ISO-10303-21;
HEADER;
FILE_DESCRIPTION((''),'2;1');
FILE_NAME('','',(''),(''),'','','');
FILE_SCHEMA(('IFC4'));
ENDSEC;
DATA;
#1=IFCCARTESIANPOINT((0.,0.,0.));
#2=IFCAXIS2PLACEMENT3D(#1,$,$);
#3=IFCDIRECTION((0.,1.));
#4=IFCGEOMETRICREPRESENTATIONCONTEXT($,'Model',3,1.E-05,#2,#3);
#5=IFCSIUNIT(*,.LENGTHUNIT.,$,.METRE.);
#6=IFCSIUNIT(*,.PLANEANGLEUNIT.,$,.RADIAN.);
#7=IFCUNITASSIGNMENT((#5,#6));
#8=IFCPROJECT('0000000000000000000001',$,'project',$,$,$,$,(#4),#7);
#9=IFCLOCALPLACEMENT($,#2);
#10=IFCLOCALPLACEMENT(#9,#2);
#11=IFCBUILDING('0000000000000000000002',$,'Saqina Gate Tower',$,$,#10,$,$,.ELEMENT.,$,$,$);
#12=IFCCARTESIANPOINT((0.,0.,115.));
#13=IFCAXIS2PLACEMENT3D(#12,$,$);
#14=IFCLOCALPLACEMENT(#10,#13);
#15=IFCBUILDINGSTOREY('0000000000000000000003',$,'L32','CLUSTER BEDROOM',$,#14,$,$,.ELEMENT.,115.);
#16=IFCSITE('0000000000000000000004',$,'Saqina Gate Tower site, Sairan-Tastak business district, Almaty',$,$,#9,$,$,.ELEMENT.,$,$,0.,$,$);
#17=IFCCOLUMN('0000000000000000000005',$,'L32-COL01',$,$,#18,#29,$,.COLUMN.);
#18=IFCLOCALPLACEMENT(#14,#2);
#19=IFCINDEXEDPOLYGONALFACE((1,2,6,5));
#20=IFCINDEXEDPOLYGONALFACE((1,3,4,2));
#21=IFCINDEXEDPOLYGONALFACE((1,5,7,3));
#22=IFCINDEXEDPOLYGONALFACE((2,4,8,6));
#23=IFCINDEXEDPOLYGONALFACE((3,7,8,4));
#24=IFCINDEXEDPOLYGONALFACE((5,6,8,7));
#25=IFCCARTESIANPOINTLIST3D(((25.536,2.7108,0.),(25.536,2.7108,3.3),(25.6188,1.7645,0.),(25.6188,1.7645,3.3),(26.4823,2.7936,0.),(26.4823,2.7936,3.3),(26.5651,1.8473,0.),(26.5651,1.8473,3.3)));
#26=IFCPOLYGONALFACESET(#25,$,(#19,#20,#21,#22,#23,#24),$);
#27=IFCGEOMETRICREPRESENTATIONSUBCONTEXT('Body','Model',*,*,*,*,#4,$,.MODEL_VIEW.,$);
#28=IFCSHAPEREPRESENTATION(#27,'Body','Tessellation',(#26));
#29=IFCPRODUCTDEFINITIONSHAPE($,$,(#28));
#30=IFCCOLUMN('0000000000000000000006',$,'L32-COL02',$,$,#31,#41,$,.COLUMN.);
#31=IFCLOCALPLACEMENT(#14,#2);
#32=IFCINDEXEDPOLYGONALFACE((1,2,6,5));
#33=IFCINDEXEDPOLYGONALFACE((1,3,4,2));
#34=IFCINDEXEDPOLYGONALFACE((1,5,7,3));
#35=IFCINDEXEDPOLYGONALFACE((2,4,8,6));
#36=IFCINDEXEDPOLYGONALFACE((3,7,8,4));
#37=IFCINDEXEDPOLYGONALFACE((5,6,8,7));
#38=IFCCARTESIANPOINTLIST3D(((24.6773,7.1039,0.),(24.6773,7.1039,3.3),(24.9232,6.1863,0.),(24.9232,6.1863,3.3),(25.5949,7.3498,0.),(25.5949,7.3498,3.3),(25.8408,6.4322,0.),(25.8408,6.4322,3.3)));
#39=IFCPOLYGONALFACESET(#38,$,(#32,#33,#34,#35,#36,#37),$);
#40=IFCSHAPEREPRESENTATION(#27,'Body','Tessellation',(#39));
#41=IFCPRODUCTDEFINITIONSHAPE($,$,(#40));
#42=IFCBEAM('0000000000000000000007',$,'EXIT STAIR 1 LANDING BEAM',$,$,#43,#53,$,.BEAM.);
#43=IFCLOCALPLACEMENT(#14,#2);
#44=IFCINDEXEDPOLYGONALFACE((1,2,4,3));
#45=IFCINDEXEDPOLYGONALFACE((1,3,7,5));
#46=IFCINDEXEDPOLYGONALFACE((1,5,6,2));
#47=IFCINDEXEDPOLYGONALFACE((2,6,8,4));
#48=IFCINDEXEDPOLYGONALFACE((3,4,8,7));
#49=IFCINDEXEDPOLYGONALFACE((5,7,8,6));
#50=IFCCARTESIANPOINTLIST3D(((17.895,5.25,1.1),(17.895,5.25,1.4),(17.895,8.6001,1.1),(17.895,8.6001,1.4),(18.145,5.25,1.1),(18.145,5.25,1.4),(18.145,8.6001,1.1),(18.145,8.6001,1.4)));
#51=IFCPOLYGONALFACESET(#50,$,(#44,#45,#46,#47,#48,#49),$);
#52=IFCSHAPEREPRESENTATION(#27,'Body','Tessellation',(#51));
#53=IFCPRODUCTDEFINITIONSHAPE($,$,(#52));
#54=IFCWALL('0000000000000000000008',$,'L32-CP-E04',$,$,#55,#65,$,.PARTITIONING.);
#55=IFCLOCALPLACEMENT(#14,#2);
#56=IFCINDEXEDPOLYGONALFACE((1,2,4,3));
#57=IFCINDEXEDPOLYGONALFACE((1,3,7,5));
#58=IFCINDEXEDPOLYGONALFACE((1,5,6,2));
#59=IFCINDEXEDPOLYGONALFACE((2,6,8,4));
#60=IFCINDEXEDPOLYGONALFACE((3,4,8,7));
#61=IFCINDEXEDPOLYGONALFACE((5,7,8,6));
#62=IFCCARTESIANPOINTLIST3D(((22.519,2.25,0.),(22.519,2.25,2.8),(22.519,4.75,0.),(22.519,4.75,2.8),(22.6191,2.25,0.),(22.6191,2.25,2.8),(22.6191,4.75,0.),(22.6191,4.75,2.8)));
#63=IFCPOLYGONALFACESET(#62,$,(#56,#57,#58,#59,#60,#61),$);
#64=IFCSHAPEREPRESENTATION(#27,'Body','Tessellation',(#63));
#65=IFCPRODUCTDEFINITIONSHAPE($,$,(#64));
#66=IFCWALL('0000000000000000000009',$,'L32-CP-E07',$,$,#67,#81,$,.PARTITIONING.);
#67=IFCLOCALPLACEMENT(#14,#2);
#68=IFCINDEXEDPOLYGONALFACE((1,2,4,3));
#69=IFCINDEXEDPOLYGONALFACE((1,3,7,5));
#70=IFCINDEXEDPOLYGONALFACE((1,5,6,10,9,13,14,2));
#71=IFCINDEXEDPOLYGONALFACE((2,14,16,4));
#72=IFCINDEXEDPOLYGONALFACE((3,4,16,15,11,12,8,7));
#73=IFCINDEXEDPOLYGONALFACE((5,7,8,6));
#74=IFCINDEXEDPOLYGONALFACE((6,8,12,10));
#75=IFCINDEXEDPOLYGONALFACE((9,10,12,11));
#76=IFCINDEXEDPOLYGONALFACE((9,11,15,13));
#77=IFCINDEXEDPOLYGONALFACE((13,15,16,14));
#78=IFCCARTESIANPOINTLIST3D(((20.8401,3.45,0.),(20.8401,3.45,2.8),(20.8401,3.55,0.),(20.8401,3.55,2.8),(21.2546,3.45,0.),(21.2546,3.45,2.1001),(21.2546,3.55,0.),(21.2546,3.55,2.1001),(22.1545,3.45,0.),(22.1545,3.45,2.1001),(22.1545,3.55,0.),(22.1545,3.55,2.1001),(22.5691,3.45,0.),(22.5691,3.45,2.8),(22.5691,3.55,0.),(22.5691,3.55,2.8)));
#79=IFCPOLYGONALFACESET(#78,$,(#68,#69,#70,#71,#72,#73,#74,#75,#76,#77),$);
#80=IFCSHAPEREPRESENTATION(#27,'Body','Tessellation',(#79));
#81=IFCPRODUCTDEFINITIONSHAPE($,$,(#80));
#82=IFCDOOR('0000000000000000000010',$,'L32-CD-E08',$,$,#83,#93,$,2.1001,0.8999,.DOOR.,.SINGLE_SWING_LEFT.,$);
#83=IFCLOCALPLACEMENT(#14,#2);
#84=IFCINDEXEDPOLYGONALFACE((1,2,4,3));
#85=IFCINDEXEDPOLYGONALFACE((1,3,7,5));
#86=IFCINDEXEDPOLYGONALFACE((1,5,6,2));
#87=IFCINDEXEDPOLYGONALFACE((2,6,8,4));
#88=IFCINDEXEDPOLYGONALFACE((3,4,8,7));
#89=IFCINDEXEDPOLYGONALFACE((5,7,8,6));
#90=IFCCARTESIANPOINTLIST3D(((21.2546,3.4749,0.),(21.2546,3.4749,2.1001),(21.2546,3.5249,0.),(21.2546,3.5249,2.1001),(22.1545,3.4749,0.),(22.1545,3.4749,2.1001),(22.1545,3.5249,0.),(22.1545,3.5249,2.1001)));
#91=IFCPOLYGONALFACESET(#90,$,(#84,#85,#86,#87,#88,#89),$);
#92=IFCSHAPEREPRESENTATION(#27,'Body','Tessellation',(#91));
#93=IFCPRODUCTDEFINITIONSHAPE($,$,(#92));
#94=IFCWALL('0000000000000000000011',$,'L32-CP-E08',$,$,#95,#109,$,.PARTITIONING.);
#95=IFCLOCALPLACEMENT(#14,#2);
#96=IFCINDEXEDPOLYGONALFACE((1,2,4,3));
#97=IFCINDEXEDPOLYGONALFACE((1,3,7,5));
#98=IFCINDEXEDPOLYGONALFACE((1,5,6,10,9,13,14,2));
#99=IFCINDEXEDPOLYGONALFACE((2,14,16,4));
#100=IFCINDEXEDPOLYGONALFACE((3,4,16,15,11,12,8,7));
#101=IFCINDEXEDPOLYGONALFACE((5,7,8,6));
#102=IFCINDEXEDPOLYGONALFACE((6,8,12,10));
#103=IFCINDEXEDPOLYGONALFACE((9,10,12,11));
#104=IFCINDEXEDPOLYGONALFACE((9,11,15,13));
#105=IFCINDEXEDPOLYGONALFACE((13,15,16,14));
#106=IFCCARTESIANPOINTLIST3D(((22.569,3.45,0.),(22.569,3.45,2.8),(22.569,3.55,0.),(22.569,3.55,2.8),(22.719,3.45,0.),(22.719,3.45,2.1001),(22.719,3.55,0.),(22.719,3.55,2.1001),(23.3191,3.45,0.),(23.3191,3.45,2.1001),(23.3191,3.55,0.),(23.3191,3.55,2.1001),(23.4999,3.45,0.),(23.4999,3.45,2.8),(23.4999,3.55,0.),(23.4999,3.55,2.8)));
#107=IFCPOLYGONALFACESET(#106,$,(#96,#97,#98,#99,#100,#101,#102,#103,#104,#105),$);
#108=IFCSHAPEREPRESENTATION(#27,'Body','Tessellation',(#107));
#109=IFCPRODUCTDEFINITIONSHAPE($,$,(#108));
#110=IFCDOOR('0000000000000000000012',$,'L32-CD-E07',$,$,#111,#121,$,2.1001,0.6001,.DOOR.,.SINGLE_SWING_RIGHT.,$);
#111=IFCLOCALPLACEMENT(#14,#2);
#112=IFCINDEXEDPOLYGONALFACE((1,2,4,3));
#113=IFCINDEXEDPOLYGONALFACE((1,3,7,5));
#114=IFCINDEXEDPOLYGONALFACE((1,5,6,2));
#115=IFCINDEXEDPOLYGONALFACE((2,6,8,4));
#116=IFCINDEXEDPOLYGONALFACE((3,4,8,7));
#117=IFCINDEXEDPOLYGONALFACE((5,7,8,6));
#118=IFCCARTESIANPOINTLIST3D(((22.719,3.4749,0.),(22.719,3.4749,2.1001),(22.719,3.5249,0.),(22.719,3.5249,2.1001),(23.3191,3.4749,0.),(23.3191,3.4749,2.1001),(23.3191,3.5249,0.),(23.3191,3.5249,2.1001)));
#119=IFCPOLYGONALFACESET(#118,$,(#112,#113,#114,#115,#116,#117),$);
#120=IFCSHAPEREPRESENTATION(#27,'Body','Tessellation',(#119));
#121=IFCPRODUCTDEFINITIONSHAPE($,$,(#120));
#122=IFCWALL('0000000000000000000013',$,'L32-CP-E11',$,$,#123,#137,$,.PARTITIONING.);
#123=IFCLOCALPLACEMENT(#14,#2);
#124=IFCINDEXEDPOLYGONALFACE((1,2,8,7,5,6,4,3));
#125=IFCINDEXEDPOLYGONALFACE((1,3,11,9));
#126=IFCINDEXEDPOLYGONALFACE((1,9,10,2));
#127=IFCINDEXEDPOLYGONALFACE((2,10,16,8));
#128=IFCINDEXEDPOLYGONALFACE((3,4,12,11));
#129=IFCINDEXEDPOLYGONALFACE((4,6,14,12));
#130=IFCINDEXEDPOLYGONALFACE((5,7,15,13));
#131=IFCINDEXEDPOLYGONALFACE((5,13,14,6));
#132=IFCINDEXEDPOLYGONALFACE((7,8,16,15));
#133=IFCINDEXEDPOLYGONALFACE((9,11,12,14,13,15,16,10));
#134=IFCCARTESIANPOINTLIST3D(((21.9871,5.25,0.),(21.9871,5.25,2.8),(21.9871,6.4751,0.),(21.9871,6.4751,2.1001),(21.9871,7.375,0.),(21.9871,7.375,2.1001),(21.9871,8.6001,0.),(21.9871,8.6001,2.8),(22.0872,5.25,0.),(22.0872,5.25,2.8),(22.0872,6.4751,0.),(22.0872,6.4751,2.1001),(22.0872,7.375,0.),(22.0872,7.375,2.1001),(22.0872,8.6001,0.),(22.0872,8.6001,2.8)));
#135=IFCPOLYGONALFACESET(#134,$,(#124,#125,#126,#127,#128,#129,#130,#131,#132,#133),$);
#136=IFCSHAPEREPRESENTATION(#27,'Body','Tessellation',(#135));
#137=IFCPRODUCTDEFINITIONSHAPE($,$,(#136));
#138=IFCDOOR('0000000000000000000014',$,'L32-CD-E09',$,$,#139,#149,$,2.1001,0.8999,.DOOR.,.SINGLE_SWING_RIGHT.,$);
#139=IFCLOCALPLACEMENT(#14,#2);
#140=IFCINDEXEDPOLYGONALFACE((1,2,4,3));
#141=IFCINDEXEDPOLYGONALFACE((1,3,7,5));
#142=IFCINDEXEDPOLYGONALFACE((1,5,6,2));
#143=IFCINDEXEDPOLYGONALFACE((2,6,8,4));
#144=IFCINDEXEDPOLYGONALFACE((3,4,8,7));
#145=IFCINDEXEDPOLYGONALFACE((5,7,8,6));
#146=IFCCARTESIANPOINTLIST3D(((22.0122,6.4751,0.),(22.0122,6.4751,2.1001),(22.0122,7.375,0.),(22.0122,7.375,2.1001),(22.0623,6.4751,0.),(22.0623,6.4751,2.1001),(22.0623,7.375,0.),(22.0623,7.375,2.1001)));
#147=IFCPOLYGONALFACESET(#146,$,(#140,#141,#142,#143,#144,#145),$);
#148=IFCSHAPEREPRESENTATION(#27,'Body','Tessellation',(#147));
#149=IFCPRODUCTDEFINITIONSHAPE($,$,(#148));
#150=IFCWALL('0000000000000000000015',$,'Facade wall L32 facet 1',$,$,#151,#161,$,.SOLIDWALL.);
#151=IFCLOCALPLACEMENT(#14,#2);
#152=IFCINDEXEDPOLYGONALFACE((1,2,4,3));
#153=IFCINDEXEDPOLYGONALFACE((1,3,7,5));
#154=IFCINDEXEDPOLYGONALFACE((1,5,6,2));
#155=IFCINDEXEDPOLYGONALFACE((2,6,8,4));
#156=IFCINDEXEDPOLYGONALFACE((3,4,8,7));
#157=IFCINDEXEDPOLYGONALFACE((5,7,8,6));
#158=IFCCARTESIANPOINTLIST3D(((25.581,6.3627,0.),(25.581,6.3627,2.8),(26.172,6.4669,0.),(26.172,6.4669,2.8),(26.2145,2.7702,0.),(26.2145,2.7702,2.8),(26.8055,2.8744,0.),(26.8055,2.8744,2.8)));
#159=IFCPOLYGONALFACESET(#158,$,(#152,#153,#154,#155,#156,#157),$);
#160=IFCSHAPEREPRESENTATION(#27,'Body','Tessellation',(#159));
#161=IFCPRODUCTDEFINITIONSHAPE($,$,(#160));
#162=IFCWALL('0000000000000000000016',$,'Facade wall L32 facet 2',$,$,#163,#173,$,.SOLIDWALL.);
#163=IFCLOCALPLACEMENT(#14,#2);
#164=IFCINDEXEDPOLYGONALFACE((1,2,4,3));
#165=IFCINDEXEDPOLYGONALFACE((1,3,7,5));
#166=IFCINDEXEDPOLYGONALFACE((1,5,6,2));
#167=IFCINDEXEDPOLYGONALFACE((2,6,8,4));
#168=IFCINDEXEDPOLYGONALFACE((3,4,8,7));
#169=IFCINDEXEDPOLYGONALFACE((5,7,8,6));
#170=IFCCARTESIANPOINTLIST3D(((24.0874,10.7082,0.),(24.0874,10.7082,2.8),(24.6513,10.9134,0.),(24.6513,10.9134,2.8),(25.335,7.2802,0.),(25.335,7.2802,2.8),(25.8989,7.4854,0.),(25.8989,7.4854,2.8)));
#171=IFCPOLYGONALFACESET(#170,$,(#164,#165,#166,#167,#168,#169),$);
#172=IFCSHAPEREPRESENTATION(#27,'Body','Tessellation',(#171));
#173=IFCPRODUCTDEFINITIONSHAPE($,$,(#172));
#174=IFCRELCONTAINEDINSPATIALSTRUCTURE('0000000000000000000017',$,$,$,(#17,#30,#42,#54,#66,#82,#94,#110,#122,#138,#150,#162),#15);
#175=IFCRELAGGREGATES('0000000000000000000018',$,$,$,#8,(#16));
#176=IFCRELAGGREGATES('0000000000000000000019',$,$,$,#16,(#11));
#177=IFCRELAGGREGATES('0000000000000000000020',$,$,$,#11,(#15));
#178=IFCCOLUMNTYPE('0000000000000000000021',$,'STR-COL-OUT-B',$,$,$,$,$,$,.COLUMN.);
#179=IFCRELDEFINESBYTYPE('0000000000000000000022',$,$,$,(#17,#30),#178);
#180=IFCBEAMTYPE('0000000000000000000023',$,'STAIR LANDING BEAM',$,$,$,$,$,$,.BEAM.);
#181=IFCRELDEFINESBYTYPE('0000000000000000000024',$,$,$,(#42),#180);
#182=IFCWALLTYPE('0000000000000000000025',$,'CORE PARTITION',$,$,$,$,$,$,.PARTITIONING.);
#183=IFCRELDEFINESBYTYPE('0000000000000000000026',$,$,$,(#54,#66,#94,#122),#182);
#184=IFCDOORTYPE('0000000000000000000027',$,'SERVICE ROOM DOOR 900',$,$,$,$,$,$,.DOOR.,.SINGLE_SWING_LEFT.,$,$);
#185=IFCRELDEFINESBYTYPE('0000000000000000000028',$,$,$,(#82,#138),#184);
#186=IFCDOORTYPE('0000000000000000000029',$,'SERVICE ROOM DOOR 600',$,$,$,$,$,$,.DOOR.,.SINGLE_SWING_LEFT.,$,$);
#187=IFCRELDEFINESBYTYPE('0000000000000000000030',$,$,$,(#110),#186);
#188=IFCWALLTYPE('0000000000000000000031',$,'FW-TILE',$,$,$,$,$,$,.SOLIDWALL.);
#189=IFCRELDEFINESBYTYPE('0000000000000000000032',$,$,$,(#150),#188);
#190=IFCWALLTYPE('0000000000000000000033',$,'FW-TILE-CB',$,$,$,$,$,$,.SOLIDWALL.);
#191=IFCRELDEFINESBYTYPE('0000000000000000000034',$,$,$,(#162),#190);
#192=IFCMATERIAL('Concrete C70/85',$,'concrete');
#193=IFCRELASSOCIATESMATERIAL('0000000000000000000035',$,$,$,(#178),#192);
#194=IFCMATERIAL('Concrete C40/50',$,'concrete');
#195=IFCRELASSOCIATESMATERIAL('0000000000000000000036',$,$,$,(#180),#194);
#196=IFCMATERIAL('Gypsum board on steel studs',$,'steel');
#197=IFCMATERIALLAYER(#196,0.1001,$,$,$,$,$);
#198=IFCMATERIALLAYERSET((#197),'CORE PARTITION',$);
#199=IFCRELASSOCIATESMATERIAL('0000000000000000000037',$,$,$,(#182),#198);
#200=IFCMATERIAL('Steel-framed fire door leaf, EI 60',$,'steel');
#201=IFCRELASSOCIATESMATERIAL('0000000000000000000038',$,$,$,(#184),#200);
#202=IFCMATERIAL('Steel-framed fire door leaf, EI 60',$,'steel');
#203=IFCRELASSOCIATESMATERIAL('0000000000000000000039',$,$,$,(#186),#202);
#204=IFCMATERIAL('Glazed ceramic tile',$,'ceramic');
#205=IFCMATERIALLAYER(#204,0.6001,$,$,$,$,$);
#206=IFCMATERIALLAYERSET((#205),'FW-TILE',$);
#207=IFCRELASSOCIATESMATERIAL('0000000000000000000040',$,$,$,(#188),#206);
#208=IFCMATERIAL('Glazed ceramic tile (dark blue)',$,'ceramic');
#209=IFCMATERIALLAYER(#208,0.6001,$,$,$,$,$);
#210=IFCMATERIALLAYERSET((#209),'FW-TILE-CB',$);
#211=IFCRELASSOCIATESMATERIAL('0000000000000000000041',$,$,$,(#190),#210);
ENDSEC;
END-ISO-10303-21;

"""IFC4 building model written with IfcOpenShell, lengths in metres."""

from ifc_helpers import new_model, si_unit, direction, frame, frame_2d, origin, origin_2d, place, context, subcontext, project, spatial, rectangle, extrude, material, layer, layer_set, material_profile, profile_set, type_object, element, fill, save


model = new_model("IFC4")

# Units and contexts
model_context = context("Model", 3, precision=1e-05, world=origin(), true_north=direction((0.0, 1.0)))
body_context = subcontext(model_context, "Body", "Model", "MODEL_VIEW")
ifc_project = project(units=[si_unit("LENGTHUNIT", "METRE"), si_unit("PLANEANGLEUNIT", "RADIAN")], contexts=[model_context])

# Site, building, storey
site_placement = place(None, origin())
site = spatial("IfcSite", under=ifc_project, at=site_placement, Name="Saqina Gate Tower site, Sairan-Tastak business district, Almaty", CompositionType="ELEMENT", RefElevation=0.0)
building_placement = place(site_placement, origin())
building = spatial("IfcBuilding", under=site, at=building_placement, Name="Saqina Gate Tower", CompositionType="ELEMENT")
storey_placement = place(building_placement, frame((0.0, 0.0, 115.0)))
storey = spatial("IfcBuildingStorey", under=building, at=storey_placement, Name="L32", Description="CLUSTER BEDROOM", CompositionType="ELEMENT", Elevation=115.0)

# Columns
ifc_material_1 = material(Name="Concrete C70/85", Category="concrete")
ifc_material_profile_1 = material_profile(ifc_material_1, rectangle(XDim=0.95, YDim=0.95, at=origin_2d()), Name="RC 950x950")
ifc_profile_set_1 = profile_set([ifc_material_profile_1], Name="Concrete C70/85")
column_type = type_object("IfcColumnType", Name="STR-COL-OUT-B", PredefinedType="COLUMN", material=ifc_profile_set_1)
for number, where, z_axis, x_axis, name in (
    (1, (26.0505, 2.2791, 0.0), (0.0, 0.0, 1.0), (0.996195, 0.087156, 0.0), "L32-COL01"),
    (2, (25.259, 6.7681, 0.0), (0.0, 0.0, 1.0), (0.965926, 0.258819, 0.0), "L32-COL02"),
):
    element("IfcColumn", number, at=place(storey_placement, frame(where, z_axis=z_axis, x_axis=x_axis)), inside=storey, type_object=column_type, Name=name, PredefinedType="COLUMN", context=body_context, shape_type="SweptSolid", body=[
        extrude(rectangle(XDim=0.95, YDim=0.95, at=origin_2d()), origin(), (0.0, 0.0, 1.0), 3.3),
    ])

# Beam
ifc_material_2 = material(Name="Concrete C40/50", Category="concrete")
ifc_material_profile_2 = material_profile(ifc_material_2, rectangle(XDim=0.25, YDim=0.3, at=origin_2d()), Name="STAIR LANDING BEAM")
ifc_profile_set_2 = profile_set([ifc_material_profile_2], Name="Concrete C40/50")
beam_type = type_object("IfcBeamType", Name="STAIR LANDING BEAM", PredefinedType="BEAM", material=ifc_profile_set_2)
beam_placement = place(storey_placement, frame((18.02, 5.25, 1.25), z_axis=(0.0, 1.0, 0.0), x_axis=(-1.0, 0.0, 0.0)))
element("IfcBeam", 3, at=beam_placement, inside=storey, type_object=beam_type, Name="EXIT STAIR 1 LANDING BEAM", PredefinedType="BEAM", context=body_context, shape_type="SweptSolid", body=[
    extrude(rectangle(XDim=0.25, YDim=0.3, at=origin_2d()), origin(), (0.0, 0.0, 1.0), 3.3501),
])

# Wall
ifc_material_3 = material(Name="Gypsum board on steel studs", Category="steel")
ifc_layer_1 = layer(ifc_material_3, 0.1001)
ifc_layer_set_1 = layer_set([ifc_layer_1], Name="CORE PARTITION")
wall_type_1 = type_object("IfcWallType", Name="CORE PARTITION", PredefinedType="PARTITIONING", material=ifc_layer_set_1)
wall_1_placement = place(storey_placement, frame((22.5691, 2.25, 0.0), z_axis=(0.0, 0.0, 1.0), x_axis=(0.0, 1.0, 0.0)))
element("IfcWall", 4, at=wall_1_placement, inside=storey, type_object=wall_type_1, Name="L32-CP-E04", PredefinedType="PARTITIONING", context=body_context, shape_type="SweptSolid", body=[
    extrude(rectangle(XDim=2.5, YDim=0.1001, at=frame_2d((1.25, 0.0))), origin(), (0.0, 0.0, 1.0), 2.8),
])

# Walls, openings, doors
wall_2_placement = place(storey_placement, frame((20.8401, 3.5, 0.0), z_axis=(0.0, 0.0, 1.0), x_axis=(1.0, 0.0, 0.0)))
wall_2 = element("IfcWall", 5, at=wall_2_placement, inside=storey, type_object=wall_type_1, Name="L32-CP-E07", PredefinedType="PARTITIONING", context=body_context, shape_type="SweptSolid", body=[
    extrude(rectangle(XDim=1.729, YDim=0.1001, at=frame_2d((0.8645, 0.0))), origin(), (0.0, 0.0, 1.0), 2.8),
])
opening_1_placement = place(wall_2_placement, frame((0.4146, 0.0, 0.0)))
opening_1 = element("IfcOpeningElement", 6, at=opening_1_placement, cuts=wall_2, PredefinedType="OPENING", context=body_context, shape_type="SweptSolid", body=[
    extrude(rectangle(XDim=0.8999, YDim=2.1001, at=frame_2d((0.45, 1.05))), frame((0.0, 0.062, 0.0), z_axis=(0.0, -1.0, 0.0), x_axis=(1.0, 0.0, 0.0)), (0.0, 0.0, 1.0), 0.124),
])
ifc_material_4 = material(Name="Steel-framed fire door leaf, EI 60", Category="steel")
door_type_1 = type_object("IfcDoorType", Name="SERVICE ROOM DOOR 900", OperationType="SINGLE_SWING_LEFT", PredefinedType="DOOR", material=ifc_material_4)
door_1_placement = place(opening_1_placement, origin())
door_1 = element("IfcDoor", 7, at=door_1_placement, inside=storey, type_object=door_type_1, Name="L32-CD-E08", OperationType="SINGLE_SWING_LEFT", OverallHeight=2.1001, OverallWidth=0.8999, PredefinedType="DOOR", context=body_context, shape_type="SweptSolid", body=[
    extrude(rectangle(XDim=0.8999, YDim=2.1001, at=frame_2d((0.45, 1.05))), frame((0.0, 0.0249, 0.0), z_axis=(0.0, -1.0, 0.0), x_axis=(1.0, 0.0, 0.0)), (0.0, 0.0, 1.0), 0.05),
])
fill(opening_1, door_1)
wall_3_placement = place(storey_placement, frame((22.5691, 3.5, 0.0), z_axis=(0.0, 0.0, 1.0), x_axis=(1.0, 0.0, 0.0)))
wall_3 = element("IfcWall", 8, at=wall_3_placement, inside=storey, type_object=wall_type_1, Name="L32-CP-E08", PredefinedType="PARTITIONING", context=body_context, shape_type="SweptSolid", body=[
    extrude(rectangle(XDim=0.9309, YDim=0.1001, at=frame_2d((0.4653, 0.0))), origin(), (0.0, 0.0, 1.0), 2.8),
])
opening_2_placement = place(wall_3_placement, frame((0.1499, 0.0, 0.0)))
opening_2 = element("IfcOpeningElement", 9, at=opening_2_placement, cuts=wall_3, PredefinedType="OPENING", context=body_context, shape_type="SweptSolid", body=[
    extrude(rectangle(XDim=0.6001, YDim=2.1001, at=frame_2d((0.3, 1.05))), frame((0.0, 0.062, 0.0), z_axis=(0.0, -1.0, 0.0), x_axis=(1.0, 0.0, 0.0)), (0.0, 0.0, 1.0), 0.124),
])
ifc_material_5 = material(Name="Steel-framed fire door leaf, EI 60", Category="steel")
door_type_2 = type_object("IfcDoorType", Name="SERVICE ROOM DOOR 600", OperationType="SINGLE_SWING_LEFT", PredefinedType="DOOR", material=ifc_material_5)
door_2_placement = place(opening_2_placement, origin())
door_2 = element("IfcDoor", 10, at=door_2_placement, inside=storey, type_object=door_type_2, Name="L32-CD-E07", OperationType="SINGLE_SWING_RIGHT", OverallHeight=2.1001, OverallWidth=0.6001, PredefinedType="DOOR", context=body_context, shape_type="SweptSolid", body=[
    extrude(rectangle(XDim=0.6001, YDim=2.1001, at=frame_2d((0.3, 1.05))), frame((0.0, 0.0249, 0.0), z_axis=(0.0, -1.0, 0.0), x_axis=(1.0, 0.0, 0.0)), (0.0, 0.0, 1.0), 0.05),
])
fill(opening_2, door_2)
wall_4_placement = place(storey_placement, frame((22.0371, 5.25, 0.0), z_axis=(0.0, 0.0, 1.0), x_axis=(0.0, 1.0, 0.0)))
wall_4 = element("IfcWall", 11, at=wall_4_placement, inside=storey, type_object=wall_type_1, Name="L32-CP-E11", PredefinedType="PARTITIONING", context=body_context, shape_type="SweptSolid", body=[
    extrude(rectangle(XDim=3.3501, YDim=0.1001, at=frame_2d((1.675, 0.0))), origin(), (0.0, 0.0, 1.0), 2.8),
])
opening_3_placement = place(wall_4_placement, frame((1.2251, 0.0, 0.0)))
opening_3 = element("IfcOpeningElement", 12, at=opening_3_placement, cuts=wall_4, PredefinedType="OPENING", context=body_context, shape_type="SweptSolid", body=[
    extrude(rectangle(XDim=0.8999, YDim=2.1001, at=frame_2d((0.45, 1.05))), frame((0.0, 0.062, 0.0), z_axis=(0.0, -1.0, 0.0), x_axis=(1.0, 0.0, 0.0)), (0.0, 0.0, 1.0), 0.124),
])
door_3_placement = place(opening_3_placement, origin())
door_3 = element("IfcDoor", 13, at=door_3_placement, inside=storey, type_object=door_type_1, Name="L32-CD-E09", OperationType="SINGLE_SWING_RIGHT", OverallHeight=2.1001, OverallWidth=0.8999, PredefinedType="DOOR", context=body_context, shape_type="SweptSolid", body=[
    extrude(rectangle(XDim=0.8999, YDim=2.1001, at=frame_2d((0.45, 1.05))), frame((0.0, 0.0249, 0.0), z_axis=(0.0, -1.0, 0.0), x_axis=(1.0, 0.0, 0.0)), (0.0, 0.0, 1.0), 0.05),
])
fill(opening_3, door_3)

# Walls
ifc_material_6 = material(Name="Glazed ceramic tile", Category="ceramic")
ifc_layer_2 = layer(ifc_material_6, 0.6001)
ifc_layer_set_2 = layer_set([ifc_layer_2], Name="FW-TILE")
wall_type_2 = type_object("IfcWallType", Name="FW-TILE", PredefinedType="SOLIDWALL", material=ifc_layer_set_2)
wall_5_placement = place(storey_placement, frame((26.51, 2.8223, 0.0), z_axis=(0.0, 0.0, 1.0), x_axis=(-0.173671, 0.984804, 0.0)))
element("IfcWall", 14, at=wall_5_placement, inside=storey, type_object=wall_type_2, Name="Facade wall L32 facet 1", PredefinedType="SOLIDWALL", context=body_context, shape_type="SweptSolid", body=[
    extrude(rectangle(XDim=3.6479, YDim=0.6001, at=frame_2d((1.824, 0.0))), origin(), (0.0, 0.0, 1.0), 2.8),
])
ifc_material_7 = material(Name="Glazed ceramic tile (dark blue)", Category="ceramic")
ifc_layer_3 = layer(ifc_material_7, 0.6001)
ifc_layer_set_3 = layer_set([ifc_layer_3], Name="FW-TILE-CB")
wall_type_3 = type_object("IfcWallType", Name="FW-TILE-CB", PredefinedType="SOLIDWALL", material=ifc_layer_set_3)
wall_6_placement = place(storey_placement, frame((25.6169, 7.3828, 0.0), z_axis=(0.0, 0.0, 1.0), x_axis=(-0.34199, 0.939704, 0.0)))
element("IfcWall", 15, at=wall_6_placement, inside=storey, type_object=wall_type_3, Name="Facade wall L32 facet 2", PredefinedType="SOLIDWALL", context=body_context, shape_type="SweptSolid", body=[
    extrude(rectangle(XDim=3.6479, YDim=0.6001, at=frame_2d((1.824, 0.0))), origin(), (0.0, 0.0, 1.0), 2.8),
])

save(model, "model.ifc")
